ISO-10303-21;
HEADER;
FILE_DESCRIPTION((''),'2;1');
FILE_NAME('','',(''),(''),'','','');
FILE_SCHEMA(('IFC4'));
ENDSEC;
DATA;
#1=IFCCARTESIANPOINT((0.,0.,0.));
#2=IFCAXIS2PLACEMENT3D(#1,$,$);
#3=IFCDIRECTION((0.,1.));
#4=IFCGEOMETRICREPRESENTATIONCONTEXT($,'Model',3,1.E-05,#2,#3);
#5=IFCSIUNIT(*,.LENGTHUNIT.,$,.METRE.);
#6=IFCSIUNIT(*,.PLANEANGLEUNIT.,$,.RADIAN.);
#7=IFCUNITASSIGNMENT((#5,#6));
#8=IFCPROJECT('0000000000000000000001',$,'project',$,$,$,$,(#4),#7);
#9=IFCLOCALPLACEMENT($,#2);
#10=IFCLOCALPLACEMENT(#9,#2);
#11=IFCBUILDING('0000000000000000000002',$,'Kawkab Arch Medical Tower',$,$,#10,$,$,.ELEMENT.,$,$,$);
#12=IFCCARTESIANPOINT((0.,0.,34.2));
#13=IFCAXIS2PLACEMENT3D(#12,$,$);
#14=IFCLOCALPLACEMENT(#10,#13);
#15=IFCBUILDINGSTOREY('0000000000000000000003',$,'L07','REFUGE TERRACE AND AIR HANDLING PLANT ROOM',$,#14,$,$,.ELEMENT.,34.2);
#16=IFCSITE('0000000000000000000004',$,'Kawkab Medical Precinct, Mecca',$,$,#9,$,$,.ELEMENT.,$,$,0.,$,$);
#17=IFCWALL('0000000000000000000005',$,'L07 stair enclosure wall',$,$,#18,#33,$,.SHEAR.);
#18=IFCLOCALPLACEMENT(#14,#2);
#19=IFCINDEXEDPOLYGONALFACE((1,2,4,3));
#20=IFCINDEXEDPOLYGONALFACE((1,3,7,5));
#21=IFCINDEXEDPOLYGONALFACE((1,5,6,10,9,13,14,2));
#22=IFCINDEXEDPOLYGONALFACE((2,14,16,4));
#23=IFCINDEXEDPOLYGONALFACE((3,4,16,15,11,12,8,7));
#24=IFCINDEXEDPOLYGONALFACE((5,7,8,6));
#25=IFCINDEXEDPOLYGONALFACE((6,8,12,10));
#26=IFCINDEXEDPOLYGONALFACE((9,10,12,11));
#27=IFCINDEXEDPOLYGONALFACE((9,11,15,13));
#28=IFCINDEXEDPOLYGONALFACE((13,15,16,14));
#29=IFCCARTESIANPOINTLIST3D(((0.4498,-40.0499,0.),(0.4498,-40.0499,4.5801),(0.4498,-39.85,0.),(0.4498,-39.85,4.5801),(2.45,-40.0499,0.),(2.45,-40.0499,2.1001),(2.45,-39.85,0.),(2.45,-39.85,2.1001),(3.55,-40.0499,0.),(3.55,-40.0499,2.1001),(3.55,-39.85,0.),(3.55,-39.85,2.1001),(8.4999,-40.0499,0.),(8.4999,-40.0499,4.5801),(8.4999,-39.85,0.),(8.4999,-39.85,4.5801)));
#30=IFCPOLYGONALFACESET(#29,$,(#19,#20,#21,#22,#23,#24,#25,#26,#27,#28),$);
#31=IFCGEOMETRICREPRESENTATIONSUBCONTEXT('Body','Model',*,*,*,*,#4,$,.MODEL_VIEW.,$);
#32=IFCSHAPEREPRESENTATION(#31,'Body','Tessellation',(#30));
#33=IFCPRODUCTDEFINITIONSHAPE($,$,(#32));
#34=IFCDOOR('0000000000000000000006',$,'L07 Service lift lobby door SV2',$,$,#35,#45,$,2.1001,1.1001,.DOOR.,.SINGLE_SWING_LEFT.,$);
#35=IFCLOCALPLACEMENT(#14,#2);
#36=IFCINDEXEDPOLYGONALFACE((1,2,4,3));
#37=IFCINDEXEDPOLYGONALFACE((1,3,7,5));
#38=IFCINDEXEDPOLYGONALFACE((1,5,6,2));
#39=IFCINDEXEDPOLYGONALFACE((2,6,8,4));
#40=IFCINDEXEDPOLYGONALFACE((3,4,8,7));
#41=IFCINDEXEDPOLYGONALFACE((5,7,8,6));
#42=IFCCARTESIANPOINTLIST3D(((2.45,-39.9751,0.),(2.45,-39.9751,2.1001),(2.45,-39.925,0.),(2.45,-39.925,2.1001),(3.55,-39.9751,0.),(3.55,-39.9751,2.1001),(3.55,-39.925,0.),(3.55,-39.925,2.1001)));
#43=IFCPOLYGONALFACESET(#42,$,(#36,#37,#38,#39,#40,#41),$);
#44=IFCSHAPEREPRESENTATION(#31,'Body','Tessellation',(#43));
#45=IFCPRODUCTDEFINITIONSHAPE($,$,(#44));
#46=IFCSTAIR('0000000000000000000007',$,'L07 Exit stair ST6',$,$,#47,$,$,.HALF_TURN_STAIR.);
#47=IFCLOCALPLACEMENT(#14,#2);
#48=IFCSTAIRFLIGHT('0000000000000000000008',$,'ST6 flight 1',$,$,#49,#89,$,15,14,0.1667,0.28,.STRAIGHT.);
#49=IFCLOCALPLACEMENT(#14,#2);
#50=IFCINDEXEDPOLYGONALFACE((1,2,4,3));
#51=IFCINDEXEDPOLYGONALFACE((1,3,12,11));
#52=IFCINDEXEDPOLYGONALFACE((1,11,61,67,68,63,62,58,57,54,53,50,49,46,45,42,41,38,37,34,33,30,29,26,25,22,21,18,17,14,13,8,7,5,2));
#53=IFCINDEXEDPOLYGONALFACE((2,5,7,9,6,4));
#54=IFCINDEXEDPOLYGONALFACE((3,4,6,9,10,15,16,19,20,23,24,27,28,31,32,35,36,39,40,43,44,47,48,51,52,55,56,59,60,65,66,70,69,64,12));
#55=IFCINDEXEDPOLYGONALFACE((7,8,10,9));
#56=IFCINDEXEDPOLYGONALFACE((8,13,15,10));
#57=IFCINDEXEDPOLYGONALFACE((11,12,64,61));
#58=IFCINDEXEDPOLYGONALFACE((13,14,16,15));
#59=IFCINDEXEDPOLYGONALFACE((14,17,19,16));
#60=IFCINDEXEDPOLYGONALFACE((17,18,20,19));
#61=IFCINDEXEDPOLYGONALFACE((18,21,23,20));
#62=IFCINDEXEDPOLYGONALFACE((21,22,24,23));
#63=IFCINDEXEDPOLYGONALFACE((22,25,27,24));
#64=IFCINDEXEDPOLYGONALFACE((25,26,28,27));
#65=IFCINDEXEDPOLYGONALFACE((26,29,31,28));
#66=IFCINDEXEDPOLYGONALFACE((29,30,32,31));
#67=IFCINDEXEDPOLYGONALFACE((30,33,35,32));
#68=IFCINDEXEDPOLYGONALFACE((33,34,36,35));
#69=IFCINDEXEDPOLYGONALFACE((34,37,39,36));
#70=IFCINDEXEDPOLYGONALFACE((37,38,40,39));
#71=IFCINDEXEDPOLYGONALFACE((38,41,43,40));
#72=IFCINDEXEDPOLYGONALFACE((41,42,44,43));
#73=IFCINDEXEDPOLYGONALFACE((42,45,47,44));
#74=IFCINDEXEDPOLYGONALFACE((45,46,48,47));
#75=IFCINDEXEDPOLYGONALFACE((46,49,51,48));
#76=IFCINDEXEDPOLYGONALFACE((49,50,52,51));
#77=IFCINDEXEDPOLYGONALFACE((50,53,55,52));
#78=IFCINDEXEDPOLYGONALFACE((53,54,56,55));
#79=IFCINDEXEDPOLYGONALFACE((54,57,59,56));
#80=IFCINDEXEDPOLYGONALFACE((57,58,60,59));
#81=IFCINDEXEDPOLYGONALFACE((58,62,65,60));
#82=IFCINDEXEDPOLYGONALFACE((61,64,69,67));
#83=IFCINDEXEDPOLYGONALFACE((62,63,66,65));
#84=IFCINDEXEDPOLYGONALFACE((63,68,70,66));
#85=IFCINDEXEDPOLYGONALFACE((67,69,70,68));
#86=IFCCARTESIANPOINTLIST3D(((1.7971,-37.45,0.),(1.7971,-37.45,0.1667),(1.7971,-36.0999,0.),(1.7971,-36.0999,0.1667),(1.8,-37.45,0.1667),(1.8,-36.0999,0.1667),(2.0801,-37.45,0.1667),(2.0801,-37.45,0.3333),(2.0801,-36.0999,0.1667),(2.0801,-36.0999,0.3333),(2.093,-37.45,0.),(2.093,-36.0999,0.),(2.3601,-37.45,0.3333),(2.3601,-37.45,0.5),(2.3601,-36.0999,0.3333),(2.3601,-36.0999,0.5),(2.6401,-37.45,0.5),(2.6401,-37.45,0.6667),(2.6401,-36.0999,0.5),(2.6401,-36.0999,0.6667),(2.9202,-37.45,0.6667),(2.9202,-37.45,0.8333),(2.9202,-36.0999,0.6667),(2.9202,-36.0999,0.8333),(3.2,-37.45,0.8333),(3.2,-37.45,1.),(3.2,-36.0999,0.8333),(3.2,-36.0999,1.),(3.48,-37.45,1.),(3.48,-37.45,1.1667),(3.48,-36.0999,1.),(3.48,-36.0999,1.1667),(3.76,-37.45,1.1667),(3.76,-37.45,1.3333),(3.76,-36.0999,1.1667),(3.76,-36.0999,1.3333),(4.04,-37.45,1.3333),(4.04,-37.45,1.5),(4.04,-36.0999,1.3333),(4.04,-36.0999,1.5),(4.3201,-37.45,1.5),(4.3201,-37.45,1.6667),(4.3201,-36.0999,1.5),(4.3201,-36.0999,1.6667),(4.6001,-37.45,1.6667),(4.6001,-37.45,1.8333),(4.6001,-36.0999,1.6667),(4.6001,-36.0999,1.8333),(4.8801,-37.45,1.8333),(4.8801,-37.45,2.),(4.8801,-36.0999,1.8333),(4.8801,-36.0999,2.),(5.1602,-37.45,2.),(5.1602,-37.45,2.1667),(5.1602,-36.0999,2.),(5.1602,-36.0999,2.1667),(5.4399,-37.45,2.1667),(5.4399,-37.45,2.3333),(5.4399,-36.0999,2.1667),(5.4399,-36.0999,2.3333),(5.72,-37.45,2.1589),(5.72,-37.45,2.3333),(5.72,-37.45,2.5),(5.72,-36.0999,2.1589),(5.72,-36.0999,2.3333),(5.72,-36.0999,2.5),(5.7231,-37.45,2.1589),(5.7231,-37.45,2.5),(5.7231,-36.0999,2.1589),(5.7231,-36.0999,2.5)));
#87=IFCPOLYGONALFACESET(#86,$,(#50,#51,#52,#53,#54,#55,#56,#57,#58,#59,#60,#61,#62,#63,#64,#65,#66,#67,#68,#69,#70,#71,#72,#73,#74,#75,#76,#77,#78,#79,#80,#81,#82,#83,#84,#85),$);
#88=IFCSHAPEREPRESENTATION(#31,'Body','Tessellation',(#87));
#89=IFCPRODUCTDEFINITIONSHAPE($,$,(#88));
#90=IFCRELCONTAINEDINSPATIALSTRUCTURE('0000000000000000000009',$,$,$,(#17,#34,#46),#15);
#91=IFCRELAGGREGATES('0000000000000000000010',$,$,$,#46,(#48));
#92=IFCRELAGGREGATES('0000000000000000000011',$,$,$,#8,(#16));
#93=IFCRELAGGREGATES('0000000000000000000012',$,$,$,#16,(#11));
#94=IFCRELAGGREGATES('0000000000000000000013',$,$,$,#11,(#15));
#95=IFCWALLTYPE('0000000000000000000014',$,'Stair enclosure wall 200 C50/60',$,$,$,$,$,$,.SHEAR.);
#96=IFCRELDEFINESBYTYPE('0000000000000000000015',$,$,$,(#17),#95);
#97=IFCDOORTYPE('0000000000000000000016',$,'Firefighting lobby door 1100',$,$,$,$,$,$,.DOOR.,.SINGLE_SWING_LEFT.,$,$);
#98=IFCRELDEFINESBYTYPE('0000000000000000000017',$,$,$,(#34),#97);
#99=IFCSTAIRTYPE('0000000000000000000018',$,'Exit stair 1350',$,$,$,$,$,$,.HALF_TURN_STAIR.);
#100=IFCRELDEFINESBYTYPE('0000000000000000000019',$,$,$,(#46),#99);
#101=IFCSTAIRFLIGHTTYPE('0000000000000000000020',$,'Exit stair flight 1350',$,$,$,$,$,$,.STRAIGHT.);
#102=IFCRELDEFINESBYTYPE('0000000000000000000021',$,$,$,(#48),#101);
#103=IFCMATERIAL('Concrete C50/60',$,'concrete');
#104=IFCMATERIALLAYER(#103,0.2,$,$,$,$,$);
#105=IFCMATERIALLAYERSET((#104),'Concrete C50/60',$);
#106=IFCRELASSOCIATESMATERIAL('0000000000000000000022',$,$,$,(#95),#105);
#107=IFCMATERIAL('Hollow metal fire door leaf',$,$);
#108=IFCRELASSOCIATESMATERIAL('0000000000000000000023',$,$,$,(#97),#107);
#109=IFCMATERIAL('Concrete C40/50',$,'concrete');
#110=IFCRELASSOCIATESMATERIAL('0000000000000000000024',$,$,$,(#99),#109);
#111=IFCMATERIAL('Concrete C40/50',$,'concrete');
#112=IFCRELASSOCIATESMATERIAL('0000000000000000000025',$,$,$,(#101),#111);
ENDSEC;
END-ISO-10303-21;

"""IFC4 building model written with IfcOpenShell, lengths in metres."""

from ifc_helpers import new_model, si_unit, direction, frame, frame_2d, origin, place, context, subcontext, project, spatial, polyline, rectangle, outline, extrude, material, layer, layer_set, type_object, element, fill, aggregate, save


model = new_model("IFC4")

# Units and contexts
model_context = context("Model", 3, precision=1e-05, world=origin(), true_north=direction((0.0, 1.0)))
body_context = subcontext(model_context, "Body", "Model", "MODEL_VIEW")
ifc_project = project(units=[si_unit("LENGTHUNIT", "METRE"), si_unit("PLANEANGLEUNIT", "RADIAN")], contexts=[model_context])

# Site, building, storey
site_placement = place(None, origin())
site = spatial("IfcSite", under=ifc_project, at=site_placement, Name="Kawkab Medical Precinct, Mecca", CompositionType="ELEMENT", RefElevation=0.0)
building_placement = place(site_placement, origin())
building = spatial("IfcBuilding", under=site, at=building_placement, Name="Kawkab Arch Medical Tower", CompositionType="ELEMENT")
storey_placement = place(building_placement, frame((0.0, 0.0, 34.2)))
storey = spatial("IfcBuildingStorey", under=building, at=storey_placement, Name="L07", Description="REFUGE TERRACE AND AIR HANDLING PLANT ROOM", CompositionType="ELEMENT", Elevation=34.2)

# Shared definitions
placement = place(storey_placement, origin())

# Wall, opening, door
ifc_material_1 = material(Name="Concrete C50/60", Category="concrete")
ifc_layer_1 = layer(ifc_material_1, 0.2)
ifc_layer_set_1 = layer_set([ifc_layer_1], Name="Concrete C50/60")
wall_type_1 = type_object("IfcWallType", Name="Stair enclosure wall 200 C50/60", PredefinedType="SHEAR", material=ifc_layer_set_1)
wall_1_placement = place(storey_placement, frame((0.45, -39.95, 0.0), z_axis=(0.0, 0.0, 1.0), x_axis=(1.0, 0.0, 0.0)))
wall_1 = element("IfcWall", 1, at=wall_1_placement, inside=storey, type_object=wall_type_1, Name="L07 stair enclosure wall", PredefinedType="SHEAR", context=body_context, shape_type="SweptSolid", body=[
    extrude(rectangle(XDim=8.05, YDim=0.2, at=frame_2d((4.0249, 0.0))), origin(), (0.0, 0.0, 1.0), 4.5801),
])
opening_1_placement = place(wall_1_placement, frame((2.0, 0.0, 0.0)))
opening_1 = element("IfcOpeningElement", 2, at=opening_1_placement, cuts=wall_1, PredefinedType="OPENING", context=body_context, shape_type="SweptSolid", body=[
    extrude(rectangle(XDim=1.1001, YDim=2.1001, at=frame_2d((0.55, 1.05))), frame((0.0, 0.1099, 0.0), z_axis=(0.0, -1.0, 0.0), x_axis=(1.0, 0.0, 0.0)), (0.0, 0.0, 1.0), 0.22),
])
ifc_material_2 = material(Name="Hollow metal fire door leaf")
door_type_1 = type_object("IfcDoorType", Name="Firefighting lobby door 1100", OperationType="SINGLE_SWING_LEFT", PredefinedType="DOOR", material=ifc_material_2)
door_1_placement = place(opening_1_placement, origin())
door_1 = element("IfcDoor", 3, at=door_1_placement, inside=storey, type_object=door_type_1, Name="L07 Service lift lobby door SV2", OperationType="SINGLE_SWING_LEFT", OverallHeight=2.1001, OverallWidth=1.1001, PredefinedType="DOOR", context=body_context, shape_type="SweptSolid", body=[
    extrude(rectangle(XDim=1.1001, YDim=2.1001, at=frame_2d((0.55, 1.05))), frame((0.0, 0.0249, 0.0), z_axis=(0.0, -1.0, 0.0), x_axis=(1.0, 0.0, 0.0)), (0.0, 0.0, 1.0), 0.05),
])
fill(opening_1, door_1)

# Stair, stair flight
ifc_material_3 = material(Name="Concrete C40/50", Category="concrete")
stair_type = type_object("IfcStairType", Name="Exit stair 1350", PredefinedType="HALF_TURN_STAIR", material=ifc_material_3)
stair = element("IfcStair", 4, at=placement, inside=storey, type_object=stair_type, Name="L07 Exit stair ST6", PredefinedType="HALF_TURN_STAIR")
ifc_material_4 = material(Name="Concrete C40/50", Category="concrete")
stair_flight_type = type_object("IfcStairFlightType", Name="Exit stair flight 1350", PredefinedType="STRAIGHT", material=ifc_material_4)
stair_flight_placement = place(storey_placement, frame((1.8, -36.7749, 0.0), z_axis=(0.0, 0.0, 1.0), x_axis=(1.0, 0.0, 0.0)))
stair_flight = element("IfcStairFlight", 5, at=stair_flight_placement, type_object=stair_flight_type, Name="ST6 flight 1", NumberOfRisers=15, NumberOfTreads=14, PredefinedType="STRAIGHT", RiserHeight=0.1667, TreadLength=0.28, context=body_context, shape_type="SweptSolid", body=[
    extrude(outline(polyline([(-0.0029, 0.0), (-0.0029, 0.1667), (0.0, 0.1667), (0.28, 0.1667), (0.28, 0.3333), (0.5601, 0.3333), (0.5601, 0.5), (0.8401, 0.5), (0.8401, 0.6667), (1.1201, 0.6667), (1.1201, 0.8333), (1.3999, 0.8333), (1.3999, 1.0), (1.6799, 1.0), (1.6799, 1.1667), (1.96, 1.1667), (1.96, 1.3333), (2.24, 1.3333), (2.24, 1.5), (2.52, 1.5), (2.52, 1.6667), (2.8, 1.6667), (2.8, 1.8333), (3.0801, 1.8333), (3.0801, 2.0), (3.3601, 2.0), (3.3601, 2.1667), (3.6399, 2.1667), (3.6399, 2.3333), (3.9199, 2.3333), (3.9199, 2.5), (3.9231, 2.5), (3.9231, 2.1589), (3.9199, 2.1589), (0.293, 0.0), (-0.0029, 0.0)])), frame((0.0, 0.675, 0.0), z_axis=(0.0, -1.0, 0.0), x_axis=(1.0, 0.0, 0.0)), (0.0, 0.0, 1.0), 1.3501),
])
aggregate(stair, [stair_flight])

save(model, "model.ifc")
